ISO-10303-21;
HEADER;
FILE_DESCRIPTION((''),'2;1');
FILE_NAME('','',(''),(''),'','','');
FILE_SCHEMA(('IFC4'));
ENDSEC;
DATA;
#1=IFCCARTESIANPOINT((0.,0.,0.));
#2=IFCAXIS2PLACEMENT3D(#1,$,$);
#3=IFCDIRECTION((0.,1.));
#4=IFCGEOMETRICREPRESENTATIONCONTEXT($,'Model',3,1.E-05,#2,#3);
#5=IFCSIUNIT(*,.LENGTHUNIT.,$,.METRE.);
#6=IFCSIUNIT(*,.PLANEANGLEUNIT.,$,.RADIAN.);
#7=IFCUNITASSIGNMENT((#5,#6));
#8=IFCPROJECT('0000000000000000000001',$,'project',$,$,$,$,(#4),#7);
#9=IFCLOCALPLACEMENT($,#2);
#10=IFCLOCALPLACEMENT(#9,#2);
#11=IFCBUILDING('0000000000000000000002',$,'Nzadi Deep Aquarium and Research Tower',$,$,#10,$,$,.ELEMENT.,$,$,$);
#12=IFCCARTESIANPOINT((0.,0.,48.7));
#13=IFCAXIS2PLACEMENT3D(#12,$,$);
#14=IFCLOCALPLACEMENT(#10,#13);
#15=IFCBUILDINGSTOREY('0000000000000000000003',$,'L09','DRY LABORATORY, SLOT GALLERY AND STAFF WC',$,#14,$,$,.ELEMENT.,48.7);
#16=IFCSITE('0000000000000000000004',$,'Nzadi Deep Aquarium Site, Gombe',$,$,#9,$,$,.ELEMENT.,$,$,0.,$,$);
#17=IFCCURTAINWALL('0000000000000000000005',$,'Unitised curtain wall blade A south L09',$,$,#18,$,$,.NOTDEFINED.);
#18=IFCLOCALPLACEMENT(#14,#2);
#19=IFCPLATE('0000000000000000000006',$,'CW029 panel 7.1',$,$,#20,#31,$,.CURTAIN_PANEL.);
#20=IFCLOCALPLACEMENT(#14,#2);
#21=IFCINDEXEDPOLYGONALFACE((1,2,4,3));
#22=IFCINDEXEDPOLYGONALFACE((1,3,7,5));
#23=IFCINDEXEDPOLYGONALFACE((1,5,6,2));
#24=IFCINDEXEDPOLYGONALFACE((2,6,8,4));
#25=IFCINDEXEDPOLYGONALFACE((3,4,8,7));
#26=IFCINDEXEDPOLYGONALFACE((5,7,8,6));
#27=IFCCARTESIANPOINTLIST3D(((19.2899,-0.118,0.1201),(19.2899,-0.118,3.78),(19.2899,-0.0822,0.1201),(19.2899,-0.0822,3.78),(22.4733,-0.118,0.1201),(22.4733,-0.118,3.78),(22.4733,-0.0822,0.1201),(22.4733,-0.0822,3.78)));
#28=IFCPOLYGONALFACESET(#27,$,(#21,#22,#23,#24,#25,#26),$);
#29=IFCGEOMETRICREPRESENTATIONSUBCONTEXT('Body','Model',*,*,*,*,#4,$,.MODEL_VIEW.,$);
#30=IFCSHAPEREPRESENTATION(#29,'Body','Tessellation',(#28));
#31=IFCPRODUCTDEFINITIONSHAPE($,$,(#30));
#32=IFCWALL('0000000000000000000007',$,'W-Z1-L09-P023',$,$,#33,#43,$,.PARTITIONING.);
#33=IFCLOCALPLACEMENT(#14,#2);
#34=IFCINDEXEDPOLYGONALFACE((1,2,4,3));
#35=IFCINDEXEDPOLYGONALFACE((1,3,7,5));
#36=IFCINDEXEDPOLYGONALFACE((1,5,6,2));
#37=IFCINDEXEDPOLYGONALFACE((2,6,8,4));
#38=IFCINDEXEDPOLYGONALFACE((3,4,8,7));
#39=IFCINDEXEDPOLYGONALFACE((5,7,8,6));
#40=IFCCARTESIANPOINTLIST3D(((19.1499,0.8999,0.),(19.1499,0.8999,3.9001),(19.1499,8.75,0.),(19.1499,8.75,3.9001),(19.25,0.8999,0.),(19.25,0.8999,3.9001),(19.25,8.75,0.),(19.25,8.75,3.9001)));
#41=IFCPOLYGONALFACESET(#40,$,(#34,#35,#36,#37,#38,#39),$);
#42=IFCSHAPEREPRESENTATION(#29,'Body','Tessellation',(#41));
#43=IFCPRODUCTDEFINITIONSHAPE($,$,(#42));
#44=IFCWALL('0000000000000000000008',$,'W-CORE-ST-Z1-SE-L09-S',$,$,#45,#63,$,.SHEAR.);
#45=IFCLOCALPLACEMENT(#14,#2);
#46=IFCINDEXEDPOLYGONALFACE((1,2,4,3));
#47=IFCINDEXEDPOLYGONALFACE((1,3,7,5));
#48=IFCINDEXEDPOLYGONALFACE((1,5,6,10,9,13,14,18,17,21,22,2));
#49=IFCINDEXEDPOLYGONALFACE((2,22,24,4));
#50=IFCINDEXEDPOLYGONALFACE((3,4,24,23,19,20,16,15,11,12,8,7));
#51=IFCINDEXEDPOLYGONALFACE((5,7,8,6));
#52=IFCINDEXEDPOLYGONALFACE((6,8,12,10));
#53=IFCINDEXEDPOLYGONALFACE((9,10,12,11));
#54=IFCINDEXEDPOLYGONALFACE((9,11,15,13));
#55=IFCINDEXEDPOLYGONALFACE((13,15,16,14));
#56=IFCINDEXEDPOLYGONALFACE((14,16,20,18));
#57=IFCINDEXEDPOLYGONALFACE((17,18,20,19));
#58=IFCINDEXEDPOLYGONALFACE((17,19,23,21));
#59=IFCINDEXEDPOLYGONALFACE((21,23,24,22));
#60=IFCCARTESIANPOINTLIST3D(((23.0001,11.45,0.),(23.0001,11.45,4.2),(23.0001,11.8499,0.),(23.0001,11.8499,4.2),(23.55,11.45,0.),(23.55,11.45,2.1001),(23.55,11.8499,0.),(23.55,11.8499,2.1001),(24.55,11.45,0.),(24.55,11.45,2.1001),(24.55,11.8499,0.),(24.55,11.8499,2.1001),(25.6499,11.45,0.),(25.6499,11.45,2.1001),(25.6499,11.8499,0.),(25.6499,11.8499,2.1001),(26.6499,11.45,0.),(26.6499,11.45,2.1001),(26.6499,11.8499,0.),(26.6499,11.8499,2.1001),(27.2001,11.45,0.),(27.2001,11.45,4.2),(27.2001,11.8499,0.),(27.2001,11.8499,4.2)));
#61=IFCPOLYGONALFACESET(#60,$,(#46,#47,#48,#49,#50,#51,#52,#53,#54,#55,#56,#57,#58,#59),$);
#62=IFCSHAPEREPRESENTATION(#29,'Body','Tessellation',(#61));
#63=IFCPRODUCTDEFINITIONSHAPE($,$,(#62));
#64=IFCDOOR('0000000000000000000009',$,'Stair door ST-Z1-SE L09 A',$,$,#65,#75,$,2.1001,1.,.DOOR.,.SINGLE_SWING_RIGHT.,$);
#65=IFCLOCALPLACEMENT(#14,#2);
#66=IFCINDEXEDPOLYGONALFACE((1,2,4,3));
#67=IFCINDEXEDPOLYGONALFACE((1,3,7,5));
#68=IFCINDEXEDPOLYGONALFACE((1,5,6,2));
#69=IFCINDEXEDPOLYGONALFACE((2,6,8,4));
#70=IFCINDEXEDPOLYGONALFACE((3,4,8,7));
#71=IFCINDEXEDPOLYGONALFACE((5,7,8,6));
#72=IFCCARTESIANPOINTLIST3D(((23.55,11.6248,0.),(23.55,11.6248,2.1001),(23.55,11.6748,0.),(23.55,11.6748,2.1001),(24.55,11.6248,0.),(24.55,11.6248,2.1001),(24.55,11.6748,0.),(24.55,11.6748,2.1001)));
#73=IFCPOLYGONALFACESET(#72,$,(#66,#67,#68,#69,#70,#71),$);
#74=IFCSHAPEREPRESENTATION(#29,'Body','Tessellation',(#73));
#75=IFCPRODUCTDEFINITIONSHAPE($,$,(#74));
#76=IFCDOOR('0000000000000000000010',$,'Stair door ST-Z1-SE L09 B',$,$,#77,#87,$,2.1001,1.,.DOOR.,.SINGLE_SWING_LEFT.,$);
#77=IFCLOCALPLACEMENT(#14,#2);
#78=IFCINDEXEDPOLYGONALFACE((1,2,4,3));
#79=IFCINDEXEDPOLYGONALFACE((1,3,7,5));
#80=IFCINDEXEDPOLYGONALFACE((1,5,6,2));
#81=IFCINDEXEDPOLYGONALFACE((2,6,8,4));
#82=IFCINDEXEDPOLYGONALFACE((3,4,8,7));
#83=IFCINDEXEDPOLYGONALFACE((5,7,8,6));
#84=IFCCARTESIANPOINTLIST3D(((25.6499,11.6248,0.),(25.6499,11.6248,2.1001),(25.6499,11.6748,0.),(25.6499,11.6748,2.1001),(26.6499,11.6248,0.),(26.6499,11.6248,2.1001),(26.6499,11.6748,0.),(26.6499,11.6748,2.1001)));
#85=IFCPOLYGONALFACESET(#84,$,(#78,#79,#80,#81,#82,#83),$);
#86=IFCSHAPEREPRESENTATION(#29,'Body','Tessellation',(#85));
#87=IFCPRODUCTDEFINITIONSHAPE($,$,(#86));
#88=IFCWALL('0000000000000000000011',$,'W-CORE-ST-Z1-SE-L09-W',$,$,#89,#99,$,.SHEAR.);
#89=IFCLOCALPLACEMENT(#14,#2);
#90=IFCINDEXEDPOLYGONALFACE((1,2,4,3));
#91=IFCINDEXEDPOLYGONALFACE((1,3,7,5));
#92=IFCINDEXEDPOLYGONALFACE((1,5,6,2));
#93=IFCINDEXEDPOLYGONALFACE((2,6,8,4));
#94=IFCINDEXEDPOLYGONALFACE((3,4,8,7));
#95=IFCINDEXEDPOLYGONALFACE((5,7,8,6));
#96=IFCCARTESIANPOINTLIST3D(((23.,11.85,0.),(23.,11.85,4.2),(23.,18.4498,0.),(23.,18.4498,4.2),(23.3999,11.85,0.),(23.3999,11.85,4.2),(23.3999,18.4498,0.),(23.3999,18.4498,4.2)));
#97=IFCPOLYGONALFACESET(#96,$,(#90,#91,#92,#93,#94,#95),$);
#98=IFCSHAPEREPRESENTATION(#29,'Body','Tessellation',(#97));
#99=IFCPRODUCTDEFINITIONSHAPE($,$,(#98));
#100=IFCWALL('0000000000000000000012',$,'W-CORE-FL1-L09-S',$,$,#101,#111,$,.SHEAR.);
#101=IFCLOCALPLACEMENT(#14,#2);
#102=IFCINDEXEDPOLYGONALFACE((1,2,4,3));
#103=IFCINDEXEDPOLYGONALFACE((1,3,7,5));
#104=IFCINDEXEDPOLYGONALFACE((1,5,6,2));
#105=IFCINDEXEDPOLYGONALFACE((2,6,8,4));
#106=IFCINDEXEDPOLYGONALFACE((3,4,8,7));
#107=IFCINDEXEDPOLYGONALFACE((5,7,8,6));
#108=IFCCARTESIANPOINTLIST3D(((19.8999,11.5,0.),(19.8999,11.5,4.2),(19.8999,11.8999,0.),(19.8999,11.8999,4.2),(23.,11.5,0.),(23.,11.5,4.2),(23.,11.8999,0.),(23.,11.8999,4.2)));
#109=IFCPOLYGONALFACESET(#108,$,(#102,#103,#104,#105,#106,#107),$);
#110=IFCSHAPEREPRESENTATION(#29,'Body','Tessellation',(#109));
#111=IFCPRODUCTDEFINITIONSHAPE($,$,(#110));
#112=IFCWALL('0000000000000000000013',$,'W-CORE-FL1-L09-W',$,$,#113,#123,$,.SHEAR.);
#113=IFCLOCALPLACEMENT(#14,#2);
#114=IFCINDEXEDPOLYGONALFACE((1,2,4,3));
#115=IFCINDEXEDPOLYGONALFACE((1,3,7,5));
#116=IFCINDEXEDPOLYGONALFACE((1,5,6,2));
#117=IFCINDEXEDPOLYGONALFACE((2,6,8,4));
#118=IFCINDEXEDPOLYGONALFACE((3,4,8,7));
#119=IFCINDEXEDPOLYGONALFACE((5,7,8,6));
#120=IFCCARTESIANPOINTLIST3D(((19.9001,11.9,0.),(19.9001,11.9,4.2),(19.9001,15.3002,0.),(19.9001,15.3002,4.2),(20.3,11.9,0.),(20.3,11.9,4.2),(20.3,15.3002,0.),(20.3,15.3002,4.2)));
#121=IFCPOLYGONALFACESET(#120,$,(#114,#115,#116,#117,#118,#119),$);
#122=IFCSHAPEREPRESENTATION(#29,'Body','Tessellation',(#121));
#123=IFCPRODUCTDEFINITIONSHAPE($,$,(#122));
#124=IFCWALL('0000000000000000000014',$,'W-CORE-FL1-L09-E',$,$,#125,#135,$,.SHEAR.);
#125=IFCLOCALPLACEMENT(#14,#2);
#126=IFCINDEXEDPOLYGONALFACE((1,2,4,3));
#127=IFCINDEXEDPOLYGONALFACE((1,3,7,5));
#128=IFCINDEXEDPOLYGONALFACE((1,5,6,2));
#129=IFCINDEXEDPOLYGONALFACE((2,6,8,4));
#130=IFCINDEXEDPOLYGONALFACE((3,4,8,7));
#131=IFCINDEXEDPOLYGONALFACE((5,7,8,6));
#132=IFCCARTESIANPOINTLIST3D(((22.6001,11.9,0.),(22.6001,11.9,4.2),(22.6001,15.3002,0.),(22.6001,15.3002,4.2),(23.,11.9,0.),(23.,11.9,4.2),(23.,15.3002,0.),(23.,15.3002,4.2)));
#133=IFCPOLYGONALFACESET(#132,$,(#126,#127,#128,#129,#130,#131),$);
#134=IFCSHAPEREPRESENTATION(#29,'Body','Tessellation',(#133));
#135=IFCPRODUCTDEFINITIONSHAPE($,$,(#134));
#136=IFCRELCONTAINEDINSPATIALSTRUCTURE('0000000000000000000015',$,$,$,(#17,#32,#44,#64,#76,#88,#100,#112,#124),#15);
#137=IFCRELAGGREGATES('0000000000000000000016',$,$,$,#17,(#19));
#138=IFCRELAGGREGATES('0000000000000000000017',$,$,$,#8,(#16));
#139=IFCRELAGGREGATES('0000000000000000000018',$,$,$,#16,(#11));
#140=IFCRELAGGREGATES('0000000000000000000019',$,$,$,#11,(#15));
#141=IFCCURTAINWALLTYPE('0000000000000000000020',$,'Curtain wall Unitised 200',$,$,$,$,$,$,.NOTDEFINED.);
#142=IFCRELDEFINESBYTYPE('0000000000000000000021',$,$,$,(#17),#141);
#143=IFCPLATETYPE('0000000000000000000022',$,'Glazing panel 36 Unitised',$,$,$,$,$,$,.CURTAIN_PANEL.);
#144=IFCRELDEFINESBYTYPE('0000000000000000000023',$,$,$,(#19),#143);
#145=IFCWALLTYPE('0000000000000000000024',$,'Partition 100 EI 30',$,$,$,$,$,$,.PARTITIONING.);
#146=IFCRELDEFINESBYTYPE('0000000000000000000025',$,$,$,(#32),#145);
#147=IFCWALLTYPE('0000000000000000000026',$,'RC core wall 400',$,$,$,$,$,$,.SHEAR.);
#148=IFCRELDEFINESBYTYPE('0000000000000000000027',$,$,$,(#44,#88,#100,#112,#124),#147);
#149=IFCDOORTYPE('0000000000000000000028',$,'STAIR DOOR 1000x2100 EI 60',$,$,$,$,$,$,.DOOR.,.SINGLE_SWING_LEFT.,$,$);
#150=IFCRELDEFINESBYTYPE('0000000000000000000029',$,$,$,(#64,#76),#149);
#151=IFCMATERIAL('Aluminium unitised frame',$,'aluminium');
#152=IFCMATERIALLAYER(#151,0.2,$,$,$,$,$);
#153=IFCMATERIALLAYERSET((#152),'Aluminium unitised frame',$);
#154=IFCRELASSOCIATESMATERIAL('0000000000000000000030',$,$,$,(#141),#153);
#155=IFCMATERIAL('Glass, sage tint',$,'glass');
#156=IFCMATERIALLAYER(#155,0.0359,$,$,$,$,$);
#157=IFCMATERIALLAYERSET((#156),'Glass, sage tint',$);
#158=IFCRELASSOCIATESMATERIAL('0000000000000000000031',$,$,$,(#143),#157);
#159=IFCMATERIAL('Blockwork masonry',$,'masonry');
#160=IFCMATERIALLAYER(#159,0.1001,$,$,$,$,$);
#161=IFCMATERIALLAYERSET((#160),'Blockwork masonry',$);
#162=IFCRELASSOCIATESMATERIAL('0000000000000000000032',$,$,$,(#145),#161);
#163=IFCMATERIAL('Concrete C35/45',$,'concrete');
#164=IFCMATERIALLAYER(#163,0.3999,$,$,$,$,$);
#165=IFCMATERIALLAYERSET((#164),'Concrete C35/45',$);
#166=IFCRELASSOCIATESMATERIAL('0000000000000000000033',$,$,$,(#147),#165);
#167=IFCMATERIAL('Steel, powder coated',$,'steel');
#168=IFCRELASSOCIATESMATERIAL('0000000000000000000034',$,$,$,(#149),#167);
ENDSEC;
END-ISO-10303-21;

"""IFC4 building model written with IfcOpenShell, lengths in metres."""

from ifc_helpers import new_model, si_unit, direction, frame, frame_2d, origin, origin_2d, place, context, subcontext, project, spatial, rectangle, extrude, material, layer, layer_set, type_object, element, fill, aggregate, save


model = new_model("IFC4")

# Units and contexts
model_context = context("Model", 3, precision=1e-05, world=origin(), true_north=direction((0.0, 1.0)))
body_context = subcontext(model_context, "Body", "Model", "MODEL_VIEW")
ifc_project = project(units=[si_unit("LENGTHUNIT", "METRE"), si_unit("PLANEANGLEUNIT", "RADIAN")], contexts=[model_context])

# Site, building, storey
site_placement = place(None, origin())
site = spatial("IfcSite", under=ifc_project, at=site_placement, Name="Nzadi Deep Aquarium Site, Gombe", CompositionType="ELEMENT", RefElevation=0.0)
building_placement = place(site_placement, origin())
building = spatial("IfcBuilding", under=site, at=building_placement, Name="Nzadi Deep Aquarium and Research Tower", CompositionType="ELEMENT")
storey_placement = place(building_placement, frame((0.0, 0.0, 48.7)))
storey = spatial("IfcBuildingStorey", under=building, at=storey_placement, Name="L09", Description="DRY LABORATORY, SLOT GALLERY AND STAFF WC", CompositionType="ELEMENT", Elevation=48.7)

# Curtain wall
ifc_material_1 = material(Name="Aluminium unitised frame", Category="aluminium")
ifc_layer_1 = layer(ifc_material_1, 0.2)
ifc_layer_set_1 = layer_set([ifc_layer_1], Name="Aluminium unitised frame")
curtain_wall_type = type_object("IfcCurtainWallType", Name="Curtain wall Unitised 200", PredefinedType="NOTDEFINED", material=ifc_layer_set_1)
curtain_wall_placement = place(storey_placement, origin())
curtain_wall = element("IfcCurtainWall", 1, at=curtain_wall_placement, inside=storey, type_object=curtain_wall_type, Name="Unitised curtain wall blade A south L09", PredefinedType="NOTDEFINED")

# Plate
ifc_material_2 = material(Name="Glass, sage tint", Category="glass")
ifc_layer_2 = layer(ifc_material_2, 0.0359)
ifc_layer_set_2 = layer_set([ifc_layer_2], Name="Glass, sage tint")
plate_type = type_object("IfcPlateType", Name="Glazing panel 36 Unitised", PredefinedType="CURTAIN_PANEL", material=ifc_layer_set_2)
plate_1_placement = place(storey_placement, frame((20.8816, -0.1001, 0.1201), z_axis=(0.0, 0.0, 1.0), x_axis=(1.0, 0.0, 0.0)))
plate_1 = element("IfcPlate", 2, at=plate_1_placement, type_object=plate_type, Name="CW029 panel 7.1", PredefinedType="CURTAIN_PANEL", context=body_context, shape_type="SweptSolid", body=[
    extrude(rectangle(XDim=3.1833, YDim=0.0359, at=origin_2d()), origin(), (0.0, 0.0, 1.0), 3.6599),
])
aggregate(curtain_wall, [plate_1])

# Wall
ifc_material_3 = material(Name="Blockwork masonry", Category="masonry")
ifc_layer_3 = layer(ifc_material_3, 0.1001)
ifc_layer_set_3 = layer_set([ifc_layer_3], Name="Blockwork masonry")
wall_type_1 = type_object("IfcWallType", Name="Partition 100 EI 30", PredefinedType="PARTITIONING", material=ifc_layer_set_3)
wall_1_placement = place(storey_placement, frame((19.2, 0.8999, 0.0), z_axis=(0.0, 0.0, 1.0), x_axis=(0.0, 1.0, 0.0)))
element("IfcWall", 3, at=wall_1_placement, inside=storey, type_object=wall_type_1, Name="W-Z1-L09-P023", PredefinedType="PARTITIONING", context=body_context, shape_type="SweptSolid", body=[
    extrude(rectangle(XDim=7.8501, YDim=0.1001, at=frame_2d((3.925, 0.0))), origin(), (0.0, 0.0, 1.0), 3.9001),
])

# Wall, openings, doors
ifc_material_4 = material(Name="Concrete C35/45", Category="concrete")
ifc_layer_4 = layer(ifc_material_4, 0.3999)
ifc_layer_set_4 = layer_set([ifc_layer_4], Name="Concrete C35/45")
wall_type_2 = type_object("IfcWallType", Name="RC core wall 400", PredefinedType="SHEAR", material=ifc_layer_set_4)
wall_2_placement = place(storey_placement, frame((23.0, 11.6499, 0.0), z_axis=(0.0, 0.0, 1.0), x_axis=(1.0, 0.0, 0.0)))
wall_2 = element("IfcWall", 4, at=wall_2_placement, inside=storey, type_object=wall_type_2, Name="W-CORE-ST-Z1-SE-L09-S", PredefinedType="SHEAR", context=body_context, shape_type="SweptSolid", body=[
    extrude(rectangle(XDim=4.2, YDim=0.3999, at=frame_2d((2.1001, 0.0))), origin(), (0.0, 0.0, 1.0), 4.2),
])
opening_1_placement = place(wall_2_placement, frame((0.55, 0.0, 0.0)))
opening_1 = element("IfcOpeningElement", 5, at=opening_1_placement, cuts=wall_2, PredefinedType="OPENING", context=body_context, shape_type="SweptSolid", body=[
    extrude(rectangle(XDim=1.0, YDim=2.1001, at=frame_2d((0.5, 1.05))), frame((0.0, 0.21, 0.0), z_axis=(0.0, -1.0, 0.0), x_axis=(1.0, 0.0, 0.0)), (0.0, 0.0, 1.0), 0.4199),
])
opening_2_placement = place(wall_2_placement, frame((2.6499, 0.0, 0.0)))
opening_2 = element("IfcOpeningElement", 6, at=opening_2_placement, cuts=wall_2, PredefinedType="OPENING", context=body_context, shape_type="SweptSolid", body=[
    extrude(rectangle(XDim=1.0, YDim=2.1001, at=frame_2d((0.5, 1.05))), frame((0.0, 0.21, 0.0), z_axis=(0.0, -1.0, 0.0), x_axis=(1.0, 0.0, 0.0)), (0.0, 0.0, 1.0), 0.4199),
])
ifc_material_5 = material(Name="Steel, powder coated", Category="steel")
door_type = type_object("IfcDoorType", Name="STAIR DOOR 1000x2100 EI 60", OperationType="SINGLE_SWING_LEFT", PredefinedType="DOOR", material=ifc_material_5)
door_1_placement = place(opening_1_placement, origin())
door_1 = element("IfcDoor", 7, at=door_1_placement, inside=storey, type_object=door_type, Name="Stair door ST-Z1-SE L09 A", OperationType="SINGLE_SWING_RIGHT", OverallHeight=2.1001, OverallWidth=1.0, PredefinedType="DOOR", context=body_context, shape_type="SweptSolid", body=[
    extrude(rectangle(XDim=1.0, YDim=2.1001, at=frame_2d((0.5, 1.05))), frame((0.0, 0.0249, 0.0), z_axis=(0.0, -1.0, 0.0), x_axis=(1.0, 0.0, 0.0)), (0.0, 0.0, 1.0), 0.05),
])
fill(opening_1, door_1)
door_2_placement = place(opening_2_placement, origin())
door_2 = element("IfcDoor", 8, at=door_2_placement, inside=storey, type_object=door_type, Name="Stair door ST-Z1-SE L09 B", OperationType="SINGLE_SWING_LEFT", OverallHeight=2.1001, OverallWidth=1.0, PredefinedType="DOOR", context=body_context, shape_type="SweptSolid", body=[
    extrude(rectangle(XDim=1.0, YDim=2.1001, at=frame_2d((0.5, 1.05))), frame((0.0, 0.0249, 0.0), z_axis=(0.0, -1.0, 0.0), x_axis=(1.0, 0.0, 0.0)), (0.0, 0.0, 1.0), 0.05),
])
fill(opening_2, door_2)

# Walls
wall_3_placement = place(storey_placement, frame((23.2, 11.8501, 0.0), z_axis=(0.0, 0.0, 1.0), x_axis=(0.0, 1.0, 0.0)))
element("IfcWall", 9, at=wall_3_placement, inside=storey, type_object=wall_type_2, Name="W-CORE-ST-Z1-SE-L09-W", PredefinedType="SHEAR", context=body_context, shape_type="SweptSolid", body=[
    extrude(rectangle(XDim=6.5999, YDim=0.3999, at=frame_2d((3.2998, 0.0))), origin(), (0.0, 0.0, 1.0), 4.2),
])
wall_4_placement = place(storey_placement, frame((19.8999, 11.7, 0.0), z_axis=(0.0, 0.0, 1.0), x_axis=(1.0, 0.0, 0.0)))
element("IfcWall", 10, at=wall_4_placement, inside=storey, type_object=wall_type_2, Name="W-CORE-FL1-L09-S", PredefinedType="SHEAR", context=body_context, shape_type="SweptSolid", body=[
    extrude(rectangle(XDim=3.1001, YDim=0.3999, at=frame_2d((1.55, 0.0))), origin(), (0.0, 0.0, 1.0), 4.2),
])
for number, where, z_axis, x_axis, name in (
    (11, (20.1001, 11.8999, 0.0), (0.0, 0.0, 1.0), (0.0, 1.0, 0.0), "W-CORE-FL1-L09-W"),
    (12, (22.8, 11.8999, 0.0), (0.0, 0.0, 1.0), (0.0, 1.0, 0.0), "W-CORE-FL1-L09-E"),
):
    element("IfcWall", number, at=place(storey_placement, frame(where, z_axis=z_axis, x_axis=x_axis)), inside=storey, type_object=wall_type_2, Name=name, PredefinedType="SHEAR", context=body_context, shape_type="SweptSolid", body=[
        extrude(rectangle(XDim=3.4001, YDim=0.3999, at=frame_2d((1.7002, 0.0))), origin(), (0.0, 0.0, 1.0), 4.2),
    ])

save(model, "model.ifc")
